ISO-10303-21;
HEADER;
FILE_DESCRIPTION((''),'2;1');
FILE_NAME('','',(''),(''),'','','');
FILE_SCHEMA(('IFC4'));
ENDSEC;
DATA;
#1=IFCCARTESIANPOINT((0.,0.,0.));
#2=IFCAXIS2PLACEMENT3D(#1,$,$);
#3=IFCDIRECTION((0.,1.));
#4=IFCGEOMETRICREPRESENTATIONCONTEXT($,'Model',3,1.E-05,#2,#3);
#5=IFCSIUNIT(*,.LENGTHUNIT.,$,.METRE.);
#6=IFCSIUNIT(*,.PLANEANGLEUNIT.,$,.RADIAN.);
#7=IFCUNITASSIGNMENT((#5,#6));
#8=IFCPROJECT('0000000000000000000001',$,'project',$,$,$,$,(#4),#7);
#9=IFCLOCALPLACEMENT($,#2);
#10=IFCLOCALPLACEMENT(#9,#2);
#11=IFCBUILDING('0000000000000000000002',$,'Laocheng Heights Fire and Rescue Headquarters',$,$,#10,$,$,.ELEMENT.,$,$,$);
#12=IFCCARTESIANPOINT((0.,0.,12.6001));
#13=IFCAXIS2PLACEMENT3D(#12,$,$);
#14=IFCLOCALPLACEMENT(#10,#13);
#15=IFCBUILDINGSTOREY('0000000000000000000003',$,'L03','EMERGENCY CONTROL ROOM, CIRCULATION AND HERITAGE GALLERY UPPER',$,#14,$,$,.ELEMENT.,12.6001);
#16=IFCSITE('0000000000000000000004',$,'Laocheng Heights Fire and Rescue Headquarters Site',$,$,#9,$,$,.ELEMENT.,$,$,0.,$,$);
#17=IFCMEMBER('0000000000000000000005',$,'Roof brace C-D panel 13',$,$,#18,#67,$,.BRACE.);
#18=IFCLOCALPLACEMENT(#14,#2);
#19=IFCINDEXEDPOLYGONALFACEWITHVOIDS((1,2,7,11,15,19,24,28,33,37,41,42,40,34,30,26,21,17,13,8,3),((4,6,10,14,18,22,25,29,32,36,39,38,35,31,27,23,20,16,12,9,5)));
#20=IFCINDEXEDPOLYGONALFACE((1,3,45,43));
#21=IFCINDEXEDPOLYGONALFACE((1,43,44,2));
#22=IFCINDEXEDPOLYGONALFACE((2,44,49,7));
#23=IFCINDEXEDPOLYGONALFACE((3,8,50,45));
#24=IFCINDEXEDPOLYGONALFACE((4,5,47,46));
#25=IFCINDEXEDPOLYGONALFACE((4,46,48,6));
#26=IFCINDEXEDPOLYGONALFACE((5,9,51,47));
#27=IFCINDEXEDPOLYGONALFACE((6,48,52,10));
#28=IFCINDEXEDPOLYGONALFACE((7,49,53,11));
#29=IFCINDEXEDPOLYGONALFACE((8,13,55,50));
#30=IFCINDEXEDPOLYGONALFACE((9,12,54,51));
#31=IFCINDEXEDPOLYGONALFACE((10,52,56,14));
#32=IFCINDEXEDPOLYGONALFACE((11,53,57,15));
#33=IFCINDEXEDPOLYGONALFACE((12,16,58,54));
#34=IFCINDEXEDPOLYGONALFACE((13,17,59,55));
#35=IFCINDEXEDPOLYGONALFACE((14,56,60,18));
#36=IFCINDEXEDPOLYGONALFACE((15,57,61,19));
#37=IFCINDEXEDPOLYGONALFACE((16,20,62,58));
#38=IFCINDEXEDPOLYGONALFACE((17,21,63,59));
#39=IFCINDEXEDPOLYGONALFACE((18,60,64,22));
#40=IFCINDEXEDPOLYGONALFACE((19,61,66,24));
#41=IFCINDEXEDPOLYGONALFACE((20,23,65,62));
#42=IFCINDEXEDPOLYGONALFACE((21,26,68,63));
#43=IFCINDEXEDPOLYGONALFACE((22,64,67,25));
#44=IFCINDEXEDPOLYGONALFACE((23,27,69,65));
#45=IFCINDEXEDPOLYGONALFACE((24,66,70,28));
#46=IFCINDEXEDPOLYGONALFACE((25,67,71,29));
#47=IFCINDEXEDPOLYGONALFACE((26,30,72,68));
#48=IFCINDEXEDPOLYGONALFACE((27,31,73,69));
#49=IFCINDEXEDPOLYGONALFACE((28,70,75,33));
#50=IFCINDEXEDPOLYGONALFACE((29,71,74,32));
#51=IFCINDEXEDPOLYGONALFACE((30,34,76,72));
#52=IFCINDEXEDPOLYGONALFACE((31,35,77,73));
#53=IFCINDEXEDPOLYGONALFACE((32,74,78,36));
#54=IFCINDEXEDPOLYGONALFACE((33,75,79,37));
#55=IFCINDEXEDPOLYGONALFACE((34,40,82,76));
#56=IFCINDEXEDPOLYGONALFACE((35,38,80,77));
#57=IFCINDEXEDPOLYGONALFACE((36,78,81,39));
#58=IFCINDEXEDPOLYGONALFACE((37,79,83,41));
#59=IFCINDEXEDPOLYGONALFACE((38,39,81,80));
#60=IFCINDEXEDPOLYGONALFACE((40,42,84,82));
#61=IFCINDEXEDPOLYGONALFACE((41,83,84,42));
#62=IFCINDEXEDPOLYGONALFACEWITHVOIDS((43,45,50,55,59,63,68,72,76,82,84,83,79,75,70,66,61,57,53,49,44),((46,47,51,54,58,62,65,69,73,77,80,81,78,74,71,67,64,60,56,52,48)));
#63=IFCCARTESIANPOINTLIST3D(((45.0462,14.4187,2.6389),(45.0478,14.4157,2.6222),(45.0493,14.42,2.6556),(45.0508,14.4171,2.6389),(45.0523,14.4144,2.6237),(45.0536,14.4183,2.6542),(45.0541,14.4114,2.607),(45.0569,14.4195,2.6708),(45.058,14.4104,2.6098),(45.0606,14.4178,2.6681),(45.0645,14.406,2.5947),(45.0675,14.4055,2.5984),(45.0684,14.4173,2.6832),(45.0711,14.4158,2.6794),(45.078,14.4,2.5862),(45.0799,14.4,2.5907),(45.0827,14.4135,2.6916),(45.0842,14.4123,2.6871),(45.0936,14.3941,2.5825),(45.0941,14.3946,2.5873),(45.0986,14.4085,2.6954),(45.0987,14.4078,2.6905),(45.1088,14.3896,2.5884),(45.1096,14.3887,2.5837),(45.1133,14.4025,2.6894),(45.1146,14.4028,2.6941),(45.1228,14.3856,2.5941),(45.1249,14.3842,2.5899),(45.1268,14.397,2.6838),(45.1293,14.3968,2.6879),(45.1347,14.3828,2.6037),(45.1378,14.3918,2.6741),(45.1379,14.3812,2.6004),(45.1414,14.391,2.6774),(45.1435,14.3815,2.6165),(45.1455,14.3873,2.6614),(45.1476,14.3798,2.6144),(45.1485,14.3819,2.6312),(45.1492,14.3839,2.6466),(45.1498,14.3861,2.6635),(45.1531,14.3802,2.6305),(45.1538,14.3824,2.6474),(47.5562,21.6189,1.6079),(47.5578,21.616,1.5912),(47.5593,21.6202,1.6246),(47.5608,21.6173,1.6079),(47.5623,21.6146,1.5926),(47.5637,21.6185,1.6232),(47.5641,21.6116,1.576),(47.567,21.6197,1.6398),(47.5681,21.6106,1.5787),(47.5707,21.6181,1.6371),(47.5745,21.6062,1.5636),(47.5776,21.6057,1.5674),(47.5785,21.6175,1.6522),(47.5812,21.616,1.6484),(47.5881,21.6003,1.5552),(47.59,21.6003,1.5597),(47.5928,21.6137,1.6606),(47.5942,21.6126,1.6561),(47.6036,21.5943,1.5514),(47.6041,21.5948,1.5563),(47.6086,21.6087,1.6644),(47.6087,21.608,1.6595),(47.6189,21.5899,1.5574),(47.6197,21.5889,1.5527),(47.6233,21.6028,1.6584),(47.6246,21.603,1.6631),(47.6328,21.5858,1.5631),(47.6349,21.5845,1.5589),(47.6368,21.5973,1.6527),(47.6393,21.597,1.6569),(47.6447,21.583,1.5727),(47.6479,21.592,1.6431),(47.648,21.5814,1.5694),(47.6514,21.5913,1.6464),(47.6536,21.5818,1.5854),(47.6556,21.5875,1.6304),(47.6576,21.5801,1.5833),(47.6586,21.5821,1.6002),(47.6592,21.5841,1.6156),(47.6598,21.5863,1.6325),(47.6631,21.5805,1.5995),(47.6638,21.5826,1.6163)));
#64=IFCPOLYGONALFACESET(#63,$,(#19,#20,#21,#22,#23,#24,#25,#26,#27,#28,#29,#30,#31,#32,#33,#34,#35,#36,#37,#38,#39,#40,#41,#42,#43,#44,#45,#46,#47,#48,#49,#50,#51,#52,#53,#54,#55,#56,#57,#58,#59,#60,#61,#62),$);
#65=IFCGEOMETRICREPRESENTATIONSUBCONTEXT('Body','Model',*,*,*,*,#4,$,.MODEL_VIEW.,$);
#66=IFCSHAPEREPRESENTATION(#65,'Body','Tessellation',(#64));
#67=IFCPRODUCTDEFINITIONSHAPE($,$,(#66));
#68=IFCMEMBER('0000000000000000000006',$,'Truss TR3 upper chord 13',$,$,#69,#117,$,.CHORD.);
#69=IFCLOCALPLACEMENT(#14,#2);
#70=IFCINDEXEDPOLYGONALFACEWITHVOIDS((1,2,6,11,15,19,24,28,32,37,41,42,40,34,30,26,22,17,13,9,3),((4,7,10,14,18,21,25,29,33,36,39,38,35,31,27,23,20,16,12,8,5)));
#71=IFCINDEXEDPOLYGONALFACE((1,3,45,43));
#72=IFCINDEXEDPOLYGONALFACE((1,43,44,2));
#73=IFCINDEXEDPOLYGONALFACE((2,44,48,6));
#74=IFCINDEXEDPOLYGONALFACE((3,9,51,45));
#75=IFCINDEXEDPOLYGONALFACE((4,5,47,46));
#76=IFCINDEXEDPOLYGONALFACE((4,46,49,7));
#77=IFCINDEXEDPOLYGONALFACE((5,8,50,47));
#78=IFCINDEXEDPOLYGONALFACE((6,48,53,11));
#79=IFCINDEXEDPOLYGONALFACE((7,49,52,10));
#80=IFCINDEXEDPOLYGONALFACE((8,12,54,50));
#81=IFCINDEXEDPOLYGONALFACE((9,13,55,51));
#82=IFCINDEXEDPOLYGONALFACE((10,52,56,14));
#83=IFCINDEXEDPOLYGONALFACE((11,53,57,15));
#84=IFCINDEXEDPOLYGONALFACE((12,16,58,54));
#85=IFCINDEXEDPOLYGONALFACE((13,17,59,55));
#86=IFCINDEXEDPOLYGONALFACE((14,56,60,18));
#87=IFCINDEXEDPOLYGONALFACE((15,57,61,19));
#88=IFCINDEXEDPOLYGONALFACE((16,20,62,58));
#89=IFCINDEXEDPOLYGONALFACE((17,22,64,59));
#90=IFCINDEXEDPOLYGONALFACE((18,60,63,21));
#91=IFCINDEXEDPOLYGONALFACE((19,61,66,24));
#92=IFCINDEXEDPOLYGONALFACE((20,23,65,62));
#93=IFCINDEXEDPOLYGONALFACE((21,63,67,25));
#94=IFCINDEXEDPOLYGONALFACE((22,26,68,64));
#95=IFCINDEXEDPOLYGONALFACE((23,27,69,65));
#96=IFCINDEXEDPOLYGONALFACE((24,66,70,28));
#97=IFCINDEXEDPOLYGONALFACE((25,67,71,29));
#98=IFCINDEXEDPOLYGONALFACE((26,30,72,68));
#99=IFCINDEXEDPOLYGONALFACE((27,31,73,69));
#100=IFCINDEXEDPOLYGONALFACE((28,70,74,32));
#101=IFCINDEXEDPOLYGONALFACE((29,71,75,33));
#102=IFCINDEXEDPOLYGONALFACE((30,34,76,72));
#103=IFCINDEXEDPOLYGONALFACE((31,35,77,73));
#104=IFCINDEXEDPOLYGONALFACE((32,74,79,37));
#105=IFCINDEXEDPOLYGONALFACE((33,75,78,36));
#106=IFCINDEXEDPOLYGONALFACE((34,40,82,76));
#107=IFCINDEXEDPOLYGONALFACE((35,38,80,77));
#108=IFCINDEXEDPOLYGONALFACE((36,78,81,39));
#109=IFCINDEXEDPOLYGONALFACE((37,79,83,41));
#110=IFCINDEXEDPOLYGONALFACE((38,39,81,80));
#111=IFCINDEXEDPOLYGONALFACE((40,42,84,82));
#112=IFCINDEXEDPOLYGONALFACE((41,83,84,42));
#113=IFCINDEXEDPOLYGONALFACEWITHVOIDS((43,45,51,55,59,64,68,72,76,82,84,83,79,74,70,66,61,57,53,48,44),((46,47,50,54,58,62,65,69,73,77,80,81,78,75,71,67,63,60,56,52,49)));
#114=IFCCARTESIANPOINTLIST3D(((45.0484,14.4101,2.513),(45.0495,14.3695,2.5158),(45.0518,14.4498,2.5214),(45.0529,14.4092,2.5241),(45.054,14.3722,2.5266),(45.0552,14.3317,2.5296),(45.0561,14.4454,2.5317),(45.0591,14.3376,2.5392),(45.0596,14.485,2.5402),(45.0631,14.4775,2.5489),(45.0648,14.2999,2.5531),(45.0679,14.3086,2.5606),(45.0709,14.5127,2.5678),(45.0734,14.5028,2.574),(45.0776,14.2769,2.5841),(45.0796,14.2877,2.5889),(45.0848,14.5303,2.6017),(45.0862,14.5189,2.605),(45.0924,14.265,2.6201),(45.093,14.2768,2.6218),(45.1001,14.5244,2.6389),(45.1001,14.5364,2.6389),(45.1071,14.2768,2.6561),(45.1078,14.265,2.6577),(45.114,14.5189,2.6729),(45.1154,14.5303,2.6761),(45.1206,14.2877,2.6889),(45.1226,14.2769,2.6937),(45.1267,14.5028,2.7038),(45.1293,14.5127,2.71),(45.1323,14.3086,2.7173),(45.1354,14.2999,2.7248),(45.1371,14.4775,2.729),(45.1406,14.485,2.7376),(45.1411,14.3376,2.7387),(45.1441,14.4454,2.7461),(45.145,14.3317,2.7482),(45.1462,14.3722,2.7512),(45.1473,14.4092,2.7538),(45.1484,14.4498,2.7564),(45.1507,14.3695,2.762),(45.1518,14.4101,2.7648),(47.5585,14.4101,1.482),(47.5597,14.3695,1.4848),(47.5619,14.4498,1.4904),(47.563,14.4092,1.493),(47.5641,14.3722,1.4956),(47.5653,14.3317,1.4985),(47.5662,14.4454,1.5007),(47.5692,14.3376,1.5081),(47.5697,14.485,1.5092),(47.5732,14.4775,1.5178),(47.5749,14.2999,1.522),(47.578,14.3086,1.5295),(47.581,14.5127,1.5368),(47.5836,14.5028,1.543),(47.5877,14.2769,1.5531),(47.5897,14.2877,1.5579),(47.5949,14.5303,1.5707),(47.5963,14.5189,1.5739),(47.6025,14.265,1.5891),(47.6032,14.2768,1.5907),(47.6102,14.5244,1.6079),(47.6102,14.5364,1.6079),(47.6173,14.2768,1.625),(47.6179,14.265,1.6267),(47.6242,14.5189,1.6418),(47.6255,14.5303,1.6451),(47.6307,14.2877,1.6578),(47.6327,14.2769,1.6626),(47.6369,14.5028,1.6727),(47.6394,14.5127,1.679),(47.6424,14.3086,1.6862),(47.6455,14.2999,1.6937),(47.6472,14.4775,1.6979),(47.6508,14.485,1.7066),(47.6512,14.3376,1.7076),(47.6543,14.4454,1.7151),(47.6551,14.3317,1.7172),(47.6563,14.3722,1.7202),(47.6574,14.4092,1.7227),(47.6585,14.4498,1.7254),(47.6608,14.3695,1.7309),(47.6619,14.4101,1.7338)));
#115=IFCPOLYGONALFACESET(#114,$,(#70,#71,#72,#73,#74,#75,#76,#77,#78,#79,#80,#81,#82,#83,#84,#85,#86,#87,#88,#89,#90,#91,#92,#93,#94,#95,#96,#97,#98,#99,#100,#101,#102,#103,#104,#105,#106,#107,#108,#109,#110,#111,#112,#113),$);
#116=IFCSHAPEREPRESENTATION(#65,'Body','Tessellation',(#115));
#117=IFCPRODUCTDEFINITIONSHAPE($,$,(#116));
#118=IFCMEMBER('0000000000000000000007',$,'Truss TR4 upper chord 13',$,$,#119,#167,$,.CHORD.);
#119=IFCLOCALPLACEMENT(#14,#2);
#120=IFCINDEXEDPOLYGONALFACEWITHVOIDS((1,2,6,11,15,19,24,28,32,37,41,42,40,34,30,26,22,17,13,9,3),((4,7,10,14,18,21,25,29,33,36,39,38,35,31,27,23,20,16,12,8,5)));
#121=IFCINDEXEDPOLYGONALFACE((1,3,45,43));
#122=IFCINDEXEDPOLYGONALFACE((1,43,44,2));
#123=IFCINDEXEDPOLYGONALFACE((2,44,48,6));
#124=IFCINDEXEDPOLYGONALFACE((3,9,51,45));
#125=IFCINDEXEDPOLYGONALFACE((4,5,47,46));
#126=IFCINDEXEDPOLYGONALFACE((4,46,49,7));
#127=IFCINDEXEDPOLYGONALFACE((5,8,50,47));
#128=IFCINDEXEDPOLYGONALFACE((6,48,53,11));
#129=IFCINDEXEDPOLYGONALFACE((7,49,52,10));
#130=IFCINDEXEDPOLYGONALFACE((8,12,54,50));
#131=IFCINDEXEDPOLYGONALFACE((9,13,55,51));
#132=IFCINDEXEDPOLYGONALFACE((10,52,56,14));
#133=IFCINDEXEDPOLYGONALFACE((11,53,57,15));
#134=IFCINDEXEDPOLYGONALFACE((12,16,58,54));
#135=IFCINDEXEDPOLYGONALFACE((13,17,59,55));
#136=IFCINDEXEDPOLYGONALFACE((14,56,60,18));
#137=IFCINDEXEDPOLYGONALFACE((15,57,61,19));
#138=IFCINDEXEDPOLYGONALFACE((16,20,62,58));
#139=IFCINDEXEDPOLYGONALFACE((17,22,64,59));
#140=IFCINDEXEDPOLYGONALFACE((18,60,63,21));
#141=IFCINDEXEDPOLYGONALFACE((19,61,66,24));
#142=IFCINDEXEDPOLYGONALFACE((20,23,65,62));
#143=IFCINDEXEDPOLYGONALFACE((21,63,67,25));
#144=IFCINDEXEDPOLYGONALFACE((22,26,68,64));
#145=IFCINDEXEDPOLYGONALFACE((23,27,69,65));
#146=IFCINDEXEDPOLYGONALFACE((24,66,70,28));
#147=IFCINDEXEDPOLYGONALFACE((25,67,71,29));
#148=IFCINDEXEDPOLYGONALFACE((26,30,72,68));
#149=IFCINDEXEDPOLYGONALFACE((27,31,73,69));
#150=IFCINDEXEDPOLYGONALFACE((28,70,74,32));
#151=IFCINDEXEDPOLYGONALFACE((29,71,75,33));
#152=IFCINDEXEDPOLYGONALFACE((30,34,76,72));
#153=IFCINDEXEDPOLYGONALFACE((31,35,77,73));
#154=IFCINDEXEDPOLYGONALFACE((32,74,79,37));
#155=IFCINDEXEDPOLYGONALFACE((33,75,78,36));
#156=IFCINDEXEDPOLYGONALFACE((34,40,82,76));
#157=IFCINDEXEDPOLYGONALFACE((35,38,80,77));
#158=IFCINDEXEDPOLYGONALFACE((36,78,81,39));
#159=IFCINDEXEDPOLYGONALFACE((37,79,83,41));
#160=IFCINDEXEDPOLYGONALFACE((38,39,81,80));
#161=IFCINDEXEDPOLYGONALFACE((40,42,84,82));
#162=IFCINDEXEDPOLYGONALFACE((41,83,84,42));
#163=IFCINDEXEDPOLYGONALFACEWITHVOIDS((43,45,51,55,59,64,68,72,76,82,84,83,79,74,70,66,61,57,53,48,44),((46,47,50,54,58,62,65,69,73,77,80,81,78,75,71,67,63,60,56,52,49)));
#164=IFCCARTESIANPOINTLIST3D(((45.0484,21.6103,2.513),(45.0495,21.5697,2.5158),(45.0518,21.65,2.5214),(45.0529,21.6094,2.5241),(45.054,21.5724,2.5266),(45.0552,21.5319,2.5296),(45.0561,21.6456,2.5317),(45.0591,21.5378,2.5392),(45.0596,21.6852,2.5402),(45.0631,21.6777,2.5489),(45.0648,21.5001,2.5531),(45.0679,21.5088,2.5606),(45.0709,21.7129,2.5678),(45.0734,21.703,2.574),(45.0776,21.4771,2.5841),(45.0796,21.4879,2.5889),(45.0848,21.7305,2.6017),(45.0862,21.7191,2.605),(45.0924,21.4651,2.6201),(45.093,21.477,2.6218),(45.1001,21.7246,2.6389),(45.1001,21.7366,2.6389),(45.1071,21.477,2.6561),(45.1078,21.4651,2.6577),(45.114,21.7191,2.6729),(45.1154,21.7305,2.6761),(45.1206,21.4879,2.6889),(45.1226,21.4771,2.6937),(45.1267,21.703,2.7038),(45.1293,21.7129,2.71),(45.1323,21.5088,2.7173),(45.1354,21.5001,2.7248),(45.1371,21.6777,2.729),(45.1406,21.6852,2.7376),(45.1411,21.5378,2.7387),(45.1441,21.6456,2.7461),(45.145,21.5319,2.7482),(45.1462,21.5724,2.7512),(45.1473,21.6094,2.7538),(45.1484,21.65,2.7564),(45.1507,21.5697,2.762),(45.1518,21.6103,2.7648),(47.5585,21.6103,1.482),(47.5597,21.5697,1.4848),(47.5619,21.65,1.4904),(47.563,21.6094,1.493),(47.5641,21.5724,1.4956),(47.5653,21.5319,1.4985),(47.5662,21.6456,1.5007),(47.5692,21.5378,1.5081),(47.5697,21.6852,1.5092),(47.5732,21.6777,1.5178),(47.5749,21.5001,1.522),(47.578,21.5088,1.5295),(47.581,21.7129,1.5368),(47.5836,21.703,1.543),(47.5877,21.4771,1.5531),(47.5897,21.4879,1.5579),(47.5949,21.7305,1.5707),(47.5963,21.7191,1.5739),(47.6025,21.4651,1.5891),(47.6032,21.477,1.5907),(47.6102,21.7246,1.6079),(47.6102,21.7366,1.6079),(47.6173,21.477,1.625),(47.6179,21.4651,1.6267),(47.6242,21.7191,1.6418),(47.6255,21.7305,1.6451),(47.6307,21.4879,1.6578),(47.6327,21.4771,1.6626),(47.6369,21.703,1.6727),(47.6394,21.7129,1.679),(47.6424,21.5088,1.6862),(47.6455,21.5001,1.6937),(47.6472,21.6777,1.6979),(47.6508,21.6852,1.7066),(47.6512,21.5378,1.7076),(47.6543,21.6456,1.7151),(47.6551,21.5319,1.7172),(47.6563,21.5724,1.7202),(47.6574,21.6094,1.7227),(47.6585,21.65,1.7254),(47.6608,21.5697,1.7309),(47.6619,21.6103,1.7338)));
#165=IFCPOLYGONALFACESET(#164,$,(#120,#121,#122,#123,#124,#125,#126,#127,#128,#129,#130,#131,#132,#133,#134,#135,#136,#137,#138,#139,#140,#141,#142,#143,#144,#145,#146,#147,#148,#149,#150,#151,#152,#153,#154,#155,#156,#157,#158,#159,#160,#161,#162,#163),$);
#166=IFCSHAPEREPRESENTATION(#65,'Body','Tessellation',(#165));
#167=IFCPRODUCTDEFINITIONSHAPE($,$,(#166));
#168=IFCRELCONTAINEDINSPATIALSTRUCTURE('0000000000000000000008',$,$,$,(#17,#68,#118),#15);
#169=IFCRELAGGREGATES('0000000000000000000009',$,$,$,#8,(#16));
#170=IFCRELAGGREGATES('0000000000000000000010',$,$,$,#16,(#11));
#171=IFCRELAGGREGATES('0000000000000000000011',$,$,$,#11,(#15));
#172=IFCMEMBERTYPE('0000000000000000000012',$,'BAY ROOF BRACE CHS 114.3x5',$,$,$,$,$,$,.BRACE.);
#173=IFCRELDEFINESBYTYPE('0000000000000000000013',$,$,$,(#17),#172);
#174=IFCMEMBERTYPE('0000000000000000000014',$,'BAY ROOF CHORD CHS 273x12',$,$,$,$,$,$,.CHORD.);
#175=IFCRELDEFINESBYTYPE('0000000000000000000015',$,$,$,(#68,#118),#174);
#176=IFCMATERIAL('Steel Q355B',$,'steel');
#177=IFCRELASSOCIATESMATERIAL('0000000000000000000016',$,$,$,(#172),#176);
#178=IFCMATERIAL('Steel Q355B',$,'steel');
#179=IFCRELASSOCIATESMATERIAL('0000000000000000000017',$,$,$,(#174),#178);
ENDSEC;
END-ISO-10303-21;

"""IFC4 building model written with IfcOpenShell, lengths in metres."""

from ifc_helpers import new_model, si_unit, direction, frame, origin, origin_2d, place, context, subcontext, project, spatial, hollow_circle, extrude, material, material_profile, profile_set, type_object, element, save


model = new_model("IFC4")

# Units and contexts
model_context = context("Model", 3, precision=1e-05, world=origin(), true_north=direction((0.0, 1.0)))
body_context = subcontext(model_context, "Body", "Model", "MODEL_VIEW")
ifc_project = project(units=[si_unit("LENGTHUNIT", "METRE"), si_unit("PLANEANGLEUNIT", "RADIAN")], contexts=[model_context])

# Site, building, storey
site_placement = place(None, origin())
site = spatial("IfcSite", under=ifc_project, at=site_placement, Name="Laocheng Heights Fire and Rescue Headquarters Site", CompositionType="ELEMENT", RefElevation=0.0)
building_placement = place(site_placement, origin())
building = spatial("IfcBuilding", under=site, at=building_placement, Name="Laocheng Heights Fire and Rescue Headquarters", CompositionType="ELEMENT")
storey_placement = place(building_placement, frame((0.0, 0.0, 12.6001)))
storey = spatial("IfcBuildingStorey", under=building, at=storey_placement, Name="L03", Description="EMERGENCY CONTROL ROOM, CIRCULATION AND HERITAGE GALLERY UPPER", CompositionType="ELEMENT", Elevation=12.6001)

# Members
ifc_material_1 = material(Name="Steel Q355B", Category="steel")
ifc_material_profile_1 = material_profile(ifc_material_1, hollow_circle(Radius=0.0571, WallThickness=0.0049, at=origin_2d()), Name="CHS 114.3x5")
ifc_profile_set_1 = profile_set([ifc_material_profile_1], Name="Steel Q355B")
member_type_1 = type_object("IfcMemberType", Name="BAY ROOF BRACE CHS 114.3x5", PredefinedType="BRACE", material=ifc_profile_set_1)
member_1_placement = place(storey_placement, frame((45.1001, 14.3999, 2.6389), z_axis=(0.326207, 0.935754, -0.133992), x_axis=(-0.944269, 0.329175, 0.0)))
element("IfcMember", 1, at=member_1_placement, inside=storey, type_object=member_type_1, Name="Roof brace C-D panel 13", PredefinedType="BRACE", context=body_context, shape_type="SweptSolid", body=[
    extrude(hollow_circle(Radius=0.0571, WallThickness=0.0049, at=origin_2d()), origin(), (0.0, 0.0, 1.0), 7.6946),
])
ifc_material_2 = material(Name="Steel Q355B", Category="steel")
ifc_material_profile_2 = material_profile(ifc_material_2, hollow_circle(Radius=0.1365, WallThickness=0.012, at=origin_2d()), Name="CHS 273x12")
ifc_profile_set_2 = profile_set([ifc_material_profile_2], Name="Steel Q355B")
member_type_2 = type_object("IfcMemberType", Name="BAY ROOF CHORD CHS 273x12", PredefinedType="CHORD", material=ifc_profile_set_2)
for number, where, z_axis, x_axis, name in (
    (2, (45.1001, 14.3999, 2.6389), (0.925006, 0.0, -0.379953), (0.0, 1.0, 0.0), "Truss TR3 upper chord 13"),
    (3, (45.1001, 21.6001, 2.6389), (0.925006, 0.0, -0.379953), (0.0, 1.0, 0.0), "Truss TR4 upper chord 13"),
):
    element("IfcMember", number, at=place(storey_placement, frame(where, z_axis=z_axis, x_axis=x_axis)), inside=storey, type_object=member_type_2, Name=name, PredefinedType="CHORD", context=body_context, shape_type="SweptSolid", body=[
        extrude(hollow_circle(Radius=0.1365, WallThickness=0.012, at=origin_2d()), origin(), (0.0, 0.0, 1.0), 2.7136),
    ])

save(model, "model.ifc")
